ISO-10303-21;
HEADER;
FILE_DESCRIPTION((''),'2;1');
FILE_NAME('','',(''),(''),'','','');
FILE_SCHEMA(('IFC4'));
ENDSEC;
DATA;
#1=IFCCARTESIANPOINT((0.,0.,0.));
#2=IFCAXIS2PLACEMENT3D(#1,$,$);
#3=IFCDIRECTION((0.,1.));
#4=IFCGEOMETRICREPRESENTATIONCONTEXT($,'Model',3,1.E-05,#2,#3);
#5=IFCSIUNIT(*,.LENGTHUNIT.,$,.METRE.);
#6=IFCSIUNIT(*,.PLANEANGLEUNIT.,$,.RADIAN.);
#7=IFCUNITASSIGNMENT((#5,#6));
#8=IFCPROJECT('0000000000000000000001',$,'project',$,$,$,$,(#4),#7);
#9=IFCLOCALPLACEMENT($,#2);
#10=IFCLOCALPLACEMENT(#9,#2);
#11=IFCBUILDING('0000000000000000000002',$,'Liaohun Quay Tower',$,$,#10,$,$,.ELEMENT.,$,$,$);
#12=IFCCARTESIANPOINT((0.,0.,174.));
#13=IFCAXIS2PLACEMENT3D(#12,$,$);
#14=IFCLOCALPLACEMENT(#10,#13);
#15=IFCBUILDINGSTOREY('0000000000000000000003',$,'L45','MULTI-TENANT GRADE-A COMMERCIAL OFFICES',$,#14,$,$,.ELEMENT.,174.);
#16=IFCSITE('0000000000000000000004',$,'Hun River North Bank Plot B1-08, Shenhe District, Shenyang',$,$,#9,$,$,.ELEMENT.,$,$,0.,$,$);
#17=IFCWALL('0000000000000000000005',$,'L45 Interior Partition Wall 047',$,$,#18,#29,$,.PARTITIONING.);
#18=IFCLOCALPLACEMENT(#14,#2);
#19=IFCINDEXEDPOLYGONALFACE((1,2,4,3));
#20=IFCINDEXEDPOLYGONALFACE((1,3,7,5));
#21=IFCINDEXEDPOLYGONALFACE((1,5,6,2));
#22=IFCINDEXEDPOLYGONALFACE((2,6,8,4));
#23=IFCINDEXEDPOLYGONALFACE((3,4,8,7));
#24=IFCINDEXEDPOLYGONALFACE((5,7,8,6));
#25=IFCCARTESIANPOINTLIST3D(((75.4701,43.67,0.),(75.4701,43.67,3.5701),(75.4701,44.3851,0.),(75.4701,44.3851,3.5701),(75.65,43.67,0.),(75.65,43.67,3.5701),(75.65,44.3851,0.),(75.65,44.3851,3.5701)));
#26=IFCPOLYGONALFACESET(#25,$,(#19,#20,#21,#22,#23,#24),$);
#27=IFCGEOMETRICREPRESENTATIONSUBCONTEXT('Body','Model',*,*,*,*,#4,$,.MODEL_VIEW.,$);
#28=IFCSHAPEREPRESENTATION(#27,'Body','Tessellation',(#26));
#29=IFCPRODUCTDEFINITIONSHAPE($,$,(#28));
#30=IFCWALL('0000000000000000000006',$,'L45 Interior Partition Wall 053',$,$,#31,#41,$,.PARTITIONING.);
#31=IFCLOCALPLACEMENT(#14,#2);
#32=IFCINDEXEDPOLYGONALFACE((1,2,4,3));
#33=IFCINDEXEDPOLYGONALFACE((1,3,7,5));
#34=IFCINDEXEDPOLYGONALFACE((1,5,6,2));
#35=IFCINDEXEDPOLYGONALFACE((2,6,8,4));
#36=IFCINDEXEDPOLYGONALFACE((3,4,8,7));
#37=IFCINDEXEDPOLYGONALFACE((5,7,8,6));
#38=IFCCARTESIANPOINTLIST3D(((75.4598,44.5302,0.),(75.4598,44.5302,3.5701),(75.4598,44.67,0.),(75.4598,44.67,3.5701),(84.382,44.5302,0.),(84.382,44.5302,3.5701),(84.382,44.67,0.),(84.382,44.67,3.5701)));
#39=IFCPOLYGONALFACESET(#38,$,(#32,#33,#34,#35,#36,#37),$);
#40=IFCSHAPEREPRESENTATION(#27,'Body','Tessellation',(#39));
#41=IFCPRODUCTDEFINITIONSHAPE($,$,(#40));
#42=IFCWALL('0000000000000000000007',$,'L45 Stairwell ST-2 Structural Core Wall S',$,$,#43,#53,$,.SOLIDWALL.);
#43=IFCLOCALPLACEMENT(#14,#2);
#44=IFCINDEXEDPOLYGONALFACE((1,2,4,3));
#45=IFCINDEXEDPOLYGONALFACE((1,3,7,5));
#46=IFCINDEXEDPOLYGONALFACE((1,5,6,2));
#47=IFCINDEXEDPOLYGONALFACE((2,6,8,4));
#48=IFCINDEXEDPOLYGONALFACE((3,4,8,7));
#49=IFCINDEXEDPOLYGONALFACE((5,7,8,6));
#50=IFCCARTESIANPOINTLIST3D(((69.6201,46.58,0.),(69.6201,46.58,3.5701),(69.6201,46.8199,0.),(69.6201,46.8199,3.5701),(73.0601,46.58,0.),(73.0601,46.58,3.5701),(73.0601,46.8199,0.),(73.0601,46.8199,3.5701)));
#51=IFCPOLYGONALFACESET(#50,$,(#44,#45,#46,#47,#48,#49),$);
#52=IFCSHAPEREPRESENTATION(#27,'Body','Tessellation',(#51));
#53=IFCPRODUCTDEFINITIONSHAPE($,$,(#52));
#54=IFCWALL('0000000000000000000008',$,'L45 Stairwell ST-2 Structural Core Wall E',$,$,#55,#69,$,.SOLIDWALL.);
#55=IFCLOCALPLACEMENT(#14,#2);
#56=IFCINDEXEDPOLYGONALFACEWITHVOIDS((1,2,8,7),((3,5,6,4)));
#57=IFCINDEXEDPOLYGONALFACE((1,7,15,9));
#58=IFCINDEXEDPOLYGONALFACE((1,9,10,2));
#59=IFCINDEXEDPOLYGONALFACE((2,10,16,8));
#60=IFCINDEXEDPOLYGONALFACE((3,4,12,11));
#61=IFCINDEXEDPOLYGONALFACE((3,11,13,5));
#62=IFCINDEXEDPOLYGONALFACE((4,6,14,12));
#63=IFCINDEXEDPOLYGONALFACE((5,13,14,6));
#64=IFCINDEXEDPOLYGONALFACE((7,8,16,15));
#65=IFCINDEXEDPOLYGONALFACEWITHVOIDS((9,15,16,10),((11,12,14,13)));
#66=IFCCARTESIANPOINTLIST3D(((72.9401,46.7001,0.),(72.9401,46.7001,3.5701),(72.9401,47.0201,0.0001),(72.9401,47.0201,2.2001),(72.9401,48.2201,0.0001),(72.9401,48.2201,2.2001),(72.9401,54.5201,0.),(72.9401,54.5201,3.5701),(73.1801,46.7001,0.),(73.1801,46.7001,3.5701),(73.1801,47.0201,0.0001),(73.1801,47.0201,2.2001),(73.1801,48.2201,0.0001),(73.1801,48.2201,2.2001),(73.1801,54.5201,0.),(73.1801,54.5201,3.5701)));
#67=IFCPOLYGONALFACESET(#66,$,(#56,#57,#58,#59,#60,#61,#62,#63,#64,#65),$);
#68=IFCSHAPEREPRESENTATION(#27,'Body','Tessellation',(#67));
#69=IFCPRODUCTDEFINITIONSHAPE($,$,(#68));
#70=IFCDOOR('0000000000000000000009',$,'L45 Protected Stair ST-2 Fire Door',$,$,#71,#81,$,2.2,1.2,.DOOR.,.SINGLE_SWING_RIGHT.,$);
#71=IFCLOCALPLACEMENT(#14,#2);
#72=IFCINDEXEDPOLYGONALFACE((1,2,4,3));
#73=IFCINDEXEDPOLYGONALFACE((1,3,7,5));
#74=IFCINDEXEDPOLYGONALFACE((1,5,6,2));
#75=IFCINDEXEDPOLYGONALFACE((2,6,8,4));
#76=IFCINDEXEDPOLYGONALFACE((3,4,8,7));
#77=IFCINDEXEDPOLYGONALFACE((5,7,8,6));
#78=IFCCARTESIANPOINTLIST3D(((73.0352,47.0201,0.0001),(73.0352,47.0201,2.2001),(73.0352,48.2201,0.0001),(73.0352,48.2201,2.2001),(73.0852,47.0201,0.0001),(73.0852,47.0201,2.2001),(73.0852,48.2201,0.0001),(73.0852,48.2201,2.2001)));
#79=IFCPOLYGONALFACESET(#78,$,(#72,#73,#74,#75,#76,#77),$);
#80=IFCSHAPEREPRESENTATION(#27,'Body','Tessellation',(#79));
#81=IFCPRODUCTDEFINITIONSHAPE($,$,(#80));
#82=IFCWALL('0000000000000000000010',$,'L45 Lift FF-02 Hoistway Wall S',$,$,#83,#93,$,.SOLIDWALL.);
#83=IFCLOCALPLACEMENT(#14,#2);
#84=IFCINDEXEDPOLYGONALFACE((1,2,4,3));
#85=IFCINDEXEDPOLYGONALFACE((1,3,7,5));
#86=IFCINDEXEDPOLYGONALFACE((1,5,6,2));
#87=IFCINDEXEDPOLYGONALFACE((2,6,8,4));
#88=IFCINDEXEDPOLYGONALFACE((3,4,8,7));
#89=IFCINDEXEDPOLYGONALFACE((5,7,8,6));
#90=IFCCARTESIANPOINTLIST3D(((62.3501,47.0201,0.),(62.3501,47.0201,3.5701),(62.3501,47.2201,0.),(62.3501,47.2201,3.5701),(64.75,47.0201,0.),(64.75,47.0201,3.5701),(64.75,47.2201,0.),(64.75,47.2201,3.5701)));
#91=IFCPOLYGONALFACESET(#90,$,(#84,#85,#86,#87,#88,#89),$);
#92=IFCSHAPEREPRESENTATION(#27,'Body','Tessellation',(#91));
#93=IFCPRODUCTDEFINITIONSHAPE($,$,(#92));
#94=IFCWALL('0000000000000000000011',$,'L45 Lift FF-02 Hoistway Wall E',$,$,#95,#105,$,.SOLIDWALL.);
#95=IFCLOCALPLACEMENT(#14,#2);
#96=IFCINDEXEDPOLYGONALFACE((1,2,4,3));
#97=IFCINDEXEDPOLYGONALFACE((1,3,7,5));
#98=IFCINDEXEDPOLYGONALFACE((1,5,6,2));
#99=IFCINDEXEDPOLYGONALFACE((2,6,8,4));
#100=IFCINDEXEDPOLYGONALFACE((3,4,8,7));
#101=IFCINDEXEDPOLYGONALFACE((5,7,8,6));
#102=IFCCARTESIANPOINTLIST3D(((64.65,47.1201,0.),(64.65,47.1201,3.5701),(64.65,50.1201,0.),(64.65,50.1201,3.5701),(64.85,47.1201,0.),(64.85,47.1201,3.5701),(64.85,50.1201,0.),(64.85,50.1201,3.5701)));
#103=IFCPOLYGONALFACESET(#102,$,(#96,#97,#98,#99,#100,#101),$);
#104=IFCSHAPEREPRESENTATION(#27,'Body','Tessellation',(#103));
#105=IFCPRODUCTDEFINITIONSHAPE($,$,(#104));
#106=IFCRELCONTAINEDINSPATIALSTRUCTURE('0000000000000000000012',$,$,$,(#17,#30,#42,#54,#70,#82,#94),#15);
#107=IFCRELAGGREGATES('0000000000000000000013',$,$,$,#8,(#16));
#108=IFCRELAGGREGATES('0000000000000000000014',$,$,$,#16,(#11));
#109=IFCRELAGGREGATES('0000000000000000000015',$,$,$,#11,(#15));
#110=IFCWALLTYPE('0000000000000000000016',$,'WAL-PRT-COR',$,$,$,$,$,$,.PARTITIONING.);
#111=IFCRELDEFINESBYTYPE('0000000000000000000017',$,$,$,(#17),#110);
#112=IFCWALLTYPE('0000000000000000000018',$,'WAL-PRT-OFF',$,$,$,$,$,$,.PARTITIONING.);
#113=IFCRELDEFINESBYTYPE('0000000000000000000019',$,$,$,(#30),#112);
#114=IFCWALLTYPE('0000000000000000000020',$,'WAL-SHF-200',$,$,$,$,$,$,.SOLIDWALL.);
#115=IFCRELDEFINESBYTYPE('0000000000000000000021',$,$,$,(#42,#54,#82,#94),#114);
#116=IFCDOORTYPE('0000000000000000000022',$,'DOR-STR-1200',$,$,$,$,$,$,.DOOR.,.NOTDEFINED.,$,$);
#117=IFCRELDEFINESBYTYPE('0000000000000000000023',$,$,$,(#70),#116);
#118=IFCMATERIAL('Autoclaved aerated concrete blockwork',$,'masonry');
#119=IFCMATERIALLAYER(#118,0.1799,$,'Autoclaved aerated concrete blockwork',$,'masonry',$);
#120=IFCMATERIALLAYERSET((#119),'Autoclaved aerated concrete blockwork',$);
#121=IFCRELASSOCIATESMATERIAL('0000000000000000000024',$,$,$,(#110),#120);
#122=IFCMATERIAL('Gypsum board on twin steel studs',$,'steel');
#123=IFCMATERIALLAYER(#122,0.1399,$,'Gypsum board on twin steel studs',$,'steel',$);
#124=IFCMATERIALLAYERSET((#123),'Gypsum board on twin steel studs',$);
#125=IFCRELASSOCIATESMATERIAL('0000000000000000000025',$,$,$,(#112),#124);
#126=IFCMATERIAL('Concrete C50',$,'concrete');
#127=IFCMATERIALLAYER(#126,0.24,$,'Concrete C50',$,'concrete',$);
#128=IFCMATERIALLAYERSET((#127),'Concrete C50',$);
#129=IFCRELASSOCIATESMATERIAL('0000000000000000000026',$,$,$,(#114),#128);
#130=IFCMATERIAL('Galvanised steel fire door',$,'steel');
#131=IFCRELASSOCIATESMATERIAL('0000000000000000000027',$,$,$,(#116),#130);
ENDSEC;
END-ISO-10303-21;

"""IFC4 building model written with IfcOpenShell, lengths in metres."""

from ifc_helpers import new_model, si_unit, direction, frame, frame_2d, origin, place, context, subcontext, project, spatial, rectangle, extrude, source, transform, mapped, material, layer, layer_set, type_object, element, fill, save


model = new_model("IFC4")

# Units and contexts
model_context = context("Model", 3, precision=1e-05, world=origin(), true_north=direction((0.0, 1.0)))
body_context = subcontext(model_context, "Body", "Model", "MODEL_VIEW")
ifc_project = project(units=[si_unit("LENGTHUNIT", "METRE"), si_unit("PLANEANGLEUNIT", "RADIAN")], contexts=[model_context])

# Site, building, storey
site_placement = place(None, origin())
site = spatial("IfcSite", under=ifc_project, at=site_placement, Name="Hun River North Bank Plot B1-08, Shenhe District, Shenyang", CompositionType="ELEMENT", RefElevation=0.0)
building_placement = place(site_placement, origin())
building = spatial("IfcBuilding", under=site, at=building_placement, Name="Liaohun Quay Tower", CompositionType="ELEMENT")
storey_placement = place(building_placement, frame((0.0, 0.0, 174.0)))
storey = spatial("IfcBuildingStorey", under=building, at=storey_placement, Name="L45", Description="MULTI-TENANT GRADE-A COMMERCIAL OFFICES", CompositionType="ELEMENT", Elevation=174.0)

# Walls
ifc_material_1 = material(Name="Autoclaved aerated concrete blockwork", Category="masonry")
ifc_layer_1 = layer(ifc_material_1, 0.1799, Name="Autoclaved aerated concrete blockwork", Category="masonry")
ifc_layer_set_1 = layer_set([ifc_layer_1], Name="Autoclaved aerated concrete blockwork")
wall_type_1 = type_object("IfcWallType", Name="WAL-PRT-COR", PredefinedType="PARTITIONING", material=ifc_layer_set_1)
wall_1_placement = place(storey_placement, frame((75.5601, 44.385, 0.0), z_axis=(0.0, 0.0, 1.0), x_axis=(0.0, -1.0, 0.0)))
element("IfcWall", 1, at=wall_1_placement, inside=storey, type_object=wall_type_1, Name="L45 Interior Partition Wall 047", PredefinedType="PARTITIONING", context=body_context, shape_type="SweptSolid", body=[
    extrude(rectangle(XDim=0.7151, YDim=0.1799, at=frame_2d((0.3574, 0.0))), origin(), (0.0, 0.0, 1.0), 3.5701),
])
ifc_material_2 = material(Name="Gypsum board on twin steel studs", Category="steel")
ifc_layer_2 = layer(ifc_material_2, 0.1399, Name="Gypsum board on twin steel studs", Category="steel")
ifc_layer_set_2 = layer_set([ifc_layer_2], Name="Gypsum board on twin steel studs")
wall_type_2 = type_object("IfcWallType", Name="WAL-PRT-OFF", PredefinedType="PARTITIONING", material=ifc_layer_set_2)
wall_2_placement = place(storey_placement, frame((75.46, 44.6001, 0.0), z_axis=(0.0, 0.0, 1.0), x_axis=(1.0, 0.0, 0.0)))
element("IfcWall", 2, at=wall_2_placement, inside=storey, type_object=wall_type_2, Name="L45 Interior Partition Wall 053", PredefinedType="PARTITIONING", context=body_context, shape_type="SweptSolid", body=[
    extrude(rectangle(XDim=8.9221, YDim=0.1399, at=frame_2d((4.4609, 0.0))), origin(), (0.0, 0.0, 1.0), 3.5701),
])
ifc_material_3 = material(Name="Concrete C50", Category="concrete")
ifc_layer_3 = layer(ifc_material_3, 0.24, Name="Concrete C50", Category="concrete")
ifc_layer_set_3 = layer_set([ifc_layer_3], Name="Concrete C50")
wall_type_3 = type_object("IfcWallType", Name="WAL-SHF-200", PredefinedType="SOLIDWALL", material=ifc_layer_set_3)
wall_3_placement = place(storey_placement, frame((69.6201, 46.7, 0.0), z_axis=(0.0, 0.0, 1.0), x_axis=(1.0, 0.0, 0.0)))
element("IfcWall", 3, at=wall_3_placement, inside=storey, type_object=wall_type_3, Name="L45 Stairwell ST-2 Structural Core Wall S", PredefinedType="SOLIDWALL", context=body_context, shape_type="SweptSolid", body=[
    extrude(rectangle(XDim=3.4399, YDim=0.24, at=frame_2d((1.72, 0.0))), origin(), (0.0, 0.0, 1.0), 3.5701),
])

# Wall, opening, door
wall_4_placement = place(storey_placement, frame((73.0601, 46.7, 0.0), z_axis=(0.0, 0.0, 1.0), x_axis=(0.0, 1.0, 0.0)))
wall_4 = element("IfcWall", 4, at=wall_4_placement, inside=storey, type_object=wall_type_3, Name="L45 Stairwell ST-2 Structural Core Wall E", PredefinedType="SOLIDWALL", context=body_context, shape_type="SweptSolid", body=[
    extrude(rectangle(XDim=7.8201, YDim=0.24, at=frame_2d((3.9102, 0.0))), origin(), (0.0, 0.0, 1.0), 3.5701),
])
shared_shape_1 = source(origin(), body_context, "Body", "SweptSolid", [
    extrude(rectangle(XDim=1.2, YDim=2.2, at=frame_2d((0.6001, 1.1001))), frame((0.0, 0.1299, 0.0), z_axis=(0.0, -1.0, 0.0), x_axis=(1.0, 0.0, 0.0)), (0.0, 0.0, 1.0), 0.26),
])
opening_1_placement = place(wall_4_placement, frame((0.3201, 0.0, 0.0)))
opening_1 = element("IfcOpeningElement", 5, at=opening_1_placement, cuts=wall_4, PredefinedType="OPENING", context=body_context, shape_type="MappedRepresentation", body=[
    mapped(shared_shape_1, transform((0.0, 0.0, 0.0), x_axis=(1.0, 0.0, 0.0), y_axis=(0.0, 1.0, 0.0), z_axis=(0.0, 0.0, 1.0), scale=1.0)),
])
ifc_material_4 = material(Name="Galvanised steel fire door", Category="steel")
door_type_1 = type_object("IfcDoorType", Name="DOR-STR-1200", OperationType="NOTDEFINED", PredefinedType="DOOR", material=ifc_material_4)
shared_shape_2 = source(origin(), body_context, "Body", "SweptSolid", [
    extrude(rectangle(XDim=1.2, YDim=2.2, at=frame_2d((0.6001, 1.1001))), frame((0.0, 0.0249, 0.0), z_axis=(0.0, -1.0, 0.0), x_axis=(1.0, 0.0, 0.0)), (0.0, 0.0, 1.0), 0.05),
])
door_1_placement = place(opening_1_placement, origin())
door_1 = element("IfcDoor", 6, at=door_1_placement, inside=storey, type_object=door_type_1, Name="L45 Protected Stair ST-2 Fire Door", OperationType="SINGLE_SWING_RIGHT", OverallHeight=2.2, OverallWidth=1.2, PredefinedType="DOOR", context=body_context, shape_type="MappedRepresentation", body=[
    mapped(shared_shape_2, transform((0.0, 0.0, 0.0), x_axis=(1.0, 0.0, 0.0), y_axis=(0.0, 1.0, 0.0), z_axis=(0.0, 0.0, 1.0), scale=1.0)),
])
fill(opening_1, door_1)

# Walls
wall_5_placement = place(storey_placement, frame((62.3501, 47.1201, 0.0), z_axis=(0.0, 0.0, 1.0), x_axis=(1.0, 0.0, 0.0)))
element("IfcWall", 7, at=wall_5_placement, inside=storey, type_object=wall_type_3, Name="L45 Lift FF-02 Hoistway Wall S", PredefinedType="SOLIDWALL", context=body_context, shape_type="SweptSolid", body=[
    extrude(rectangle(XDim=2.3999, YDim=0.2, at=frame_2d((1.2, 0.0))), origin(), (0.0, 0.0, 1.0), 3.5701),
])
wall_6_placement = place(storey_placement, frame((64.75, 47.1201, 0.0), z_axis=(0.0, 0.0, 1.0), x_axis=(0.0, 1.0, 0.0)))
element("IfcWall", 8, at=wall_6_placement, inside=storey, type_object=wall_type_3, Name="L45 Lift FF-02 Hoistway Wall E", PredefinedType="SOLIDWALL", context=body_context, shape_type="SweptSolid", body=[
    extrude(rectangle(XDim=3.0, YDim=0.2, at=frame_2d((1.5, 0.0))), origin(), (0.0, 0.0, 1.0), 3.5701),
])

save(model, "model.ifc")
